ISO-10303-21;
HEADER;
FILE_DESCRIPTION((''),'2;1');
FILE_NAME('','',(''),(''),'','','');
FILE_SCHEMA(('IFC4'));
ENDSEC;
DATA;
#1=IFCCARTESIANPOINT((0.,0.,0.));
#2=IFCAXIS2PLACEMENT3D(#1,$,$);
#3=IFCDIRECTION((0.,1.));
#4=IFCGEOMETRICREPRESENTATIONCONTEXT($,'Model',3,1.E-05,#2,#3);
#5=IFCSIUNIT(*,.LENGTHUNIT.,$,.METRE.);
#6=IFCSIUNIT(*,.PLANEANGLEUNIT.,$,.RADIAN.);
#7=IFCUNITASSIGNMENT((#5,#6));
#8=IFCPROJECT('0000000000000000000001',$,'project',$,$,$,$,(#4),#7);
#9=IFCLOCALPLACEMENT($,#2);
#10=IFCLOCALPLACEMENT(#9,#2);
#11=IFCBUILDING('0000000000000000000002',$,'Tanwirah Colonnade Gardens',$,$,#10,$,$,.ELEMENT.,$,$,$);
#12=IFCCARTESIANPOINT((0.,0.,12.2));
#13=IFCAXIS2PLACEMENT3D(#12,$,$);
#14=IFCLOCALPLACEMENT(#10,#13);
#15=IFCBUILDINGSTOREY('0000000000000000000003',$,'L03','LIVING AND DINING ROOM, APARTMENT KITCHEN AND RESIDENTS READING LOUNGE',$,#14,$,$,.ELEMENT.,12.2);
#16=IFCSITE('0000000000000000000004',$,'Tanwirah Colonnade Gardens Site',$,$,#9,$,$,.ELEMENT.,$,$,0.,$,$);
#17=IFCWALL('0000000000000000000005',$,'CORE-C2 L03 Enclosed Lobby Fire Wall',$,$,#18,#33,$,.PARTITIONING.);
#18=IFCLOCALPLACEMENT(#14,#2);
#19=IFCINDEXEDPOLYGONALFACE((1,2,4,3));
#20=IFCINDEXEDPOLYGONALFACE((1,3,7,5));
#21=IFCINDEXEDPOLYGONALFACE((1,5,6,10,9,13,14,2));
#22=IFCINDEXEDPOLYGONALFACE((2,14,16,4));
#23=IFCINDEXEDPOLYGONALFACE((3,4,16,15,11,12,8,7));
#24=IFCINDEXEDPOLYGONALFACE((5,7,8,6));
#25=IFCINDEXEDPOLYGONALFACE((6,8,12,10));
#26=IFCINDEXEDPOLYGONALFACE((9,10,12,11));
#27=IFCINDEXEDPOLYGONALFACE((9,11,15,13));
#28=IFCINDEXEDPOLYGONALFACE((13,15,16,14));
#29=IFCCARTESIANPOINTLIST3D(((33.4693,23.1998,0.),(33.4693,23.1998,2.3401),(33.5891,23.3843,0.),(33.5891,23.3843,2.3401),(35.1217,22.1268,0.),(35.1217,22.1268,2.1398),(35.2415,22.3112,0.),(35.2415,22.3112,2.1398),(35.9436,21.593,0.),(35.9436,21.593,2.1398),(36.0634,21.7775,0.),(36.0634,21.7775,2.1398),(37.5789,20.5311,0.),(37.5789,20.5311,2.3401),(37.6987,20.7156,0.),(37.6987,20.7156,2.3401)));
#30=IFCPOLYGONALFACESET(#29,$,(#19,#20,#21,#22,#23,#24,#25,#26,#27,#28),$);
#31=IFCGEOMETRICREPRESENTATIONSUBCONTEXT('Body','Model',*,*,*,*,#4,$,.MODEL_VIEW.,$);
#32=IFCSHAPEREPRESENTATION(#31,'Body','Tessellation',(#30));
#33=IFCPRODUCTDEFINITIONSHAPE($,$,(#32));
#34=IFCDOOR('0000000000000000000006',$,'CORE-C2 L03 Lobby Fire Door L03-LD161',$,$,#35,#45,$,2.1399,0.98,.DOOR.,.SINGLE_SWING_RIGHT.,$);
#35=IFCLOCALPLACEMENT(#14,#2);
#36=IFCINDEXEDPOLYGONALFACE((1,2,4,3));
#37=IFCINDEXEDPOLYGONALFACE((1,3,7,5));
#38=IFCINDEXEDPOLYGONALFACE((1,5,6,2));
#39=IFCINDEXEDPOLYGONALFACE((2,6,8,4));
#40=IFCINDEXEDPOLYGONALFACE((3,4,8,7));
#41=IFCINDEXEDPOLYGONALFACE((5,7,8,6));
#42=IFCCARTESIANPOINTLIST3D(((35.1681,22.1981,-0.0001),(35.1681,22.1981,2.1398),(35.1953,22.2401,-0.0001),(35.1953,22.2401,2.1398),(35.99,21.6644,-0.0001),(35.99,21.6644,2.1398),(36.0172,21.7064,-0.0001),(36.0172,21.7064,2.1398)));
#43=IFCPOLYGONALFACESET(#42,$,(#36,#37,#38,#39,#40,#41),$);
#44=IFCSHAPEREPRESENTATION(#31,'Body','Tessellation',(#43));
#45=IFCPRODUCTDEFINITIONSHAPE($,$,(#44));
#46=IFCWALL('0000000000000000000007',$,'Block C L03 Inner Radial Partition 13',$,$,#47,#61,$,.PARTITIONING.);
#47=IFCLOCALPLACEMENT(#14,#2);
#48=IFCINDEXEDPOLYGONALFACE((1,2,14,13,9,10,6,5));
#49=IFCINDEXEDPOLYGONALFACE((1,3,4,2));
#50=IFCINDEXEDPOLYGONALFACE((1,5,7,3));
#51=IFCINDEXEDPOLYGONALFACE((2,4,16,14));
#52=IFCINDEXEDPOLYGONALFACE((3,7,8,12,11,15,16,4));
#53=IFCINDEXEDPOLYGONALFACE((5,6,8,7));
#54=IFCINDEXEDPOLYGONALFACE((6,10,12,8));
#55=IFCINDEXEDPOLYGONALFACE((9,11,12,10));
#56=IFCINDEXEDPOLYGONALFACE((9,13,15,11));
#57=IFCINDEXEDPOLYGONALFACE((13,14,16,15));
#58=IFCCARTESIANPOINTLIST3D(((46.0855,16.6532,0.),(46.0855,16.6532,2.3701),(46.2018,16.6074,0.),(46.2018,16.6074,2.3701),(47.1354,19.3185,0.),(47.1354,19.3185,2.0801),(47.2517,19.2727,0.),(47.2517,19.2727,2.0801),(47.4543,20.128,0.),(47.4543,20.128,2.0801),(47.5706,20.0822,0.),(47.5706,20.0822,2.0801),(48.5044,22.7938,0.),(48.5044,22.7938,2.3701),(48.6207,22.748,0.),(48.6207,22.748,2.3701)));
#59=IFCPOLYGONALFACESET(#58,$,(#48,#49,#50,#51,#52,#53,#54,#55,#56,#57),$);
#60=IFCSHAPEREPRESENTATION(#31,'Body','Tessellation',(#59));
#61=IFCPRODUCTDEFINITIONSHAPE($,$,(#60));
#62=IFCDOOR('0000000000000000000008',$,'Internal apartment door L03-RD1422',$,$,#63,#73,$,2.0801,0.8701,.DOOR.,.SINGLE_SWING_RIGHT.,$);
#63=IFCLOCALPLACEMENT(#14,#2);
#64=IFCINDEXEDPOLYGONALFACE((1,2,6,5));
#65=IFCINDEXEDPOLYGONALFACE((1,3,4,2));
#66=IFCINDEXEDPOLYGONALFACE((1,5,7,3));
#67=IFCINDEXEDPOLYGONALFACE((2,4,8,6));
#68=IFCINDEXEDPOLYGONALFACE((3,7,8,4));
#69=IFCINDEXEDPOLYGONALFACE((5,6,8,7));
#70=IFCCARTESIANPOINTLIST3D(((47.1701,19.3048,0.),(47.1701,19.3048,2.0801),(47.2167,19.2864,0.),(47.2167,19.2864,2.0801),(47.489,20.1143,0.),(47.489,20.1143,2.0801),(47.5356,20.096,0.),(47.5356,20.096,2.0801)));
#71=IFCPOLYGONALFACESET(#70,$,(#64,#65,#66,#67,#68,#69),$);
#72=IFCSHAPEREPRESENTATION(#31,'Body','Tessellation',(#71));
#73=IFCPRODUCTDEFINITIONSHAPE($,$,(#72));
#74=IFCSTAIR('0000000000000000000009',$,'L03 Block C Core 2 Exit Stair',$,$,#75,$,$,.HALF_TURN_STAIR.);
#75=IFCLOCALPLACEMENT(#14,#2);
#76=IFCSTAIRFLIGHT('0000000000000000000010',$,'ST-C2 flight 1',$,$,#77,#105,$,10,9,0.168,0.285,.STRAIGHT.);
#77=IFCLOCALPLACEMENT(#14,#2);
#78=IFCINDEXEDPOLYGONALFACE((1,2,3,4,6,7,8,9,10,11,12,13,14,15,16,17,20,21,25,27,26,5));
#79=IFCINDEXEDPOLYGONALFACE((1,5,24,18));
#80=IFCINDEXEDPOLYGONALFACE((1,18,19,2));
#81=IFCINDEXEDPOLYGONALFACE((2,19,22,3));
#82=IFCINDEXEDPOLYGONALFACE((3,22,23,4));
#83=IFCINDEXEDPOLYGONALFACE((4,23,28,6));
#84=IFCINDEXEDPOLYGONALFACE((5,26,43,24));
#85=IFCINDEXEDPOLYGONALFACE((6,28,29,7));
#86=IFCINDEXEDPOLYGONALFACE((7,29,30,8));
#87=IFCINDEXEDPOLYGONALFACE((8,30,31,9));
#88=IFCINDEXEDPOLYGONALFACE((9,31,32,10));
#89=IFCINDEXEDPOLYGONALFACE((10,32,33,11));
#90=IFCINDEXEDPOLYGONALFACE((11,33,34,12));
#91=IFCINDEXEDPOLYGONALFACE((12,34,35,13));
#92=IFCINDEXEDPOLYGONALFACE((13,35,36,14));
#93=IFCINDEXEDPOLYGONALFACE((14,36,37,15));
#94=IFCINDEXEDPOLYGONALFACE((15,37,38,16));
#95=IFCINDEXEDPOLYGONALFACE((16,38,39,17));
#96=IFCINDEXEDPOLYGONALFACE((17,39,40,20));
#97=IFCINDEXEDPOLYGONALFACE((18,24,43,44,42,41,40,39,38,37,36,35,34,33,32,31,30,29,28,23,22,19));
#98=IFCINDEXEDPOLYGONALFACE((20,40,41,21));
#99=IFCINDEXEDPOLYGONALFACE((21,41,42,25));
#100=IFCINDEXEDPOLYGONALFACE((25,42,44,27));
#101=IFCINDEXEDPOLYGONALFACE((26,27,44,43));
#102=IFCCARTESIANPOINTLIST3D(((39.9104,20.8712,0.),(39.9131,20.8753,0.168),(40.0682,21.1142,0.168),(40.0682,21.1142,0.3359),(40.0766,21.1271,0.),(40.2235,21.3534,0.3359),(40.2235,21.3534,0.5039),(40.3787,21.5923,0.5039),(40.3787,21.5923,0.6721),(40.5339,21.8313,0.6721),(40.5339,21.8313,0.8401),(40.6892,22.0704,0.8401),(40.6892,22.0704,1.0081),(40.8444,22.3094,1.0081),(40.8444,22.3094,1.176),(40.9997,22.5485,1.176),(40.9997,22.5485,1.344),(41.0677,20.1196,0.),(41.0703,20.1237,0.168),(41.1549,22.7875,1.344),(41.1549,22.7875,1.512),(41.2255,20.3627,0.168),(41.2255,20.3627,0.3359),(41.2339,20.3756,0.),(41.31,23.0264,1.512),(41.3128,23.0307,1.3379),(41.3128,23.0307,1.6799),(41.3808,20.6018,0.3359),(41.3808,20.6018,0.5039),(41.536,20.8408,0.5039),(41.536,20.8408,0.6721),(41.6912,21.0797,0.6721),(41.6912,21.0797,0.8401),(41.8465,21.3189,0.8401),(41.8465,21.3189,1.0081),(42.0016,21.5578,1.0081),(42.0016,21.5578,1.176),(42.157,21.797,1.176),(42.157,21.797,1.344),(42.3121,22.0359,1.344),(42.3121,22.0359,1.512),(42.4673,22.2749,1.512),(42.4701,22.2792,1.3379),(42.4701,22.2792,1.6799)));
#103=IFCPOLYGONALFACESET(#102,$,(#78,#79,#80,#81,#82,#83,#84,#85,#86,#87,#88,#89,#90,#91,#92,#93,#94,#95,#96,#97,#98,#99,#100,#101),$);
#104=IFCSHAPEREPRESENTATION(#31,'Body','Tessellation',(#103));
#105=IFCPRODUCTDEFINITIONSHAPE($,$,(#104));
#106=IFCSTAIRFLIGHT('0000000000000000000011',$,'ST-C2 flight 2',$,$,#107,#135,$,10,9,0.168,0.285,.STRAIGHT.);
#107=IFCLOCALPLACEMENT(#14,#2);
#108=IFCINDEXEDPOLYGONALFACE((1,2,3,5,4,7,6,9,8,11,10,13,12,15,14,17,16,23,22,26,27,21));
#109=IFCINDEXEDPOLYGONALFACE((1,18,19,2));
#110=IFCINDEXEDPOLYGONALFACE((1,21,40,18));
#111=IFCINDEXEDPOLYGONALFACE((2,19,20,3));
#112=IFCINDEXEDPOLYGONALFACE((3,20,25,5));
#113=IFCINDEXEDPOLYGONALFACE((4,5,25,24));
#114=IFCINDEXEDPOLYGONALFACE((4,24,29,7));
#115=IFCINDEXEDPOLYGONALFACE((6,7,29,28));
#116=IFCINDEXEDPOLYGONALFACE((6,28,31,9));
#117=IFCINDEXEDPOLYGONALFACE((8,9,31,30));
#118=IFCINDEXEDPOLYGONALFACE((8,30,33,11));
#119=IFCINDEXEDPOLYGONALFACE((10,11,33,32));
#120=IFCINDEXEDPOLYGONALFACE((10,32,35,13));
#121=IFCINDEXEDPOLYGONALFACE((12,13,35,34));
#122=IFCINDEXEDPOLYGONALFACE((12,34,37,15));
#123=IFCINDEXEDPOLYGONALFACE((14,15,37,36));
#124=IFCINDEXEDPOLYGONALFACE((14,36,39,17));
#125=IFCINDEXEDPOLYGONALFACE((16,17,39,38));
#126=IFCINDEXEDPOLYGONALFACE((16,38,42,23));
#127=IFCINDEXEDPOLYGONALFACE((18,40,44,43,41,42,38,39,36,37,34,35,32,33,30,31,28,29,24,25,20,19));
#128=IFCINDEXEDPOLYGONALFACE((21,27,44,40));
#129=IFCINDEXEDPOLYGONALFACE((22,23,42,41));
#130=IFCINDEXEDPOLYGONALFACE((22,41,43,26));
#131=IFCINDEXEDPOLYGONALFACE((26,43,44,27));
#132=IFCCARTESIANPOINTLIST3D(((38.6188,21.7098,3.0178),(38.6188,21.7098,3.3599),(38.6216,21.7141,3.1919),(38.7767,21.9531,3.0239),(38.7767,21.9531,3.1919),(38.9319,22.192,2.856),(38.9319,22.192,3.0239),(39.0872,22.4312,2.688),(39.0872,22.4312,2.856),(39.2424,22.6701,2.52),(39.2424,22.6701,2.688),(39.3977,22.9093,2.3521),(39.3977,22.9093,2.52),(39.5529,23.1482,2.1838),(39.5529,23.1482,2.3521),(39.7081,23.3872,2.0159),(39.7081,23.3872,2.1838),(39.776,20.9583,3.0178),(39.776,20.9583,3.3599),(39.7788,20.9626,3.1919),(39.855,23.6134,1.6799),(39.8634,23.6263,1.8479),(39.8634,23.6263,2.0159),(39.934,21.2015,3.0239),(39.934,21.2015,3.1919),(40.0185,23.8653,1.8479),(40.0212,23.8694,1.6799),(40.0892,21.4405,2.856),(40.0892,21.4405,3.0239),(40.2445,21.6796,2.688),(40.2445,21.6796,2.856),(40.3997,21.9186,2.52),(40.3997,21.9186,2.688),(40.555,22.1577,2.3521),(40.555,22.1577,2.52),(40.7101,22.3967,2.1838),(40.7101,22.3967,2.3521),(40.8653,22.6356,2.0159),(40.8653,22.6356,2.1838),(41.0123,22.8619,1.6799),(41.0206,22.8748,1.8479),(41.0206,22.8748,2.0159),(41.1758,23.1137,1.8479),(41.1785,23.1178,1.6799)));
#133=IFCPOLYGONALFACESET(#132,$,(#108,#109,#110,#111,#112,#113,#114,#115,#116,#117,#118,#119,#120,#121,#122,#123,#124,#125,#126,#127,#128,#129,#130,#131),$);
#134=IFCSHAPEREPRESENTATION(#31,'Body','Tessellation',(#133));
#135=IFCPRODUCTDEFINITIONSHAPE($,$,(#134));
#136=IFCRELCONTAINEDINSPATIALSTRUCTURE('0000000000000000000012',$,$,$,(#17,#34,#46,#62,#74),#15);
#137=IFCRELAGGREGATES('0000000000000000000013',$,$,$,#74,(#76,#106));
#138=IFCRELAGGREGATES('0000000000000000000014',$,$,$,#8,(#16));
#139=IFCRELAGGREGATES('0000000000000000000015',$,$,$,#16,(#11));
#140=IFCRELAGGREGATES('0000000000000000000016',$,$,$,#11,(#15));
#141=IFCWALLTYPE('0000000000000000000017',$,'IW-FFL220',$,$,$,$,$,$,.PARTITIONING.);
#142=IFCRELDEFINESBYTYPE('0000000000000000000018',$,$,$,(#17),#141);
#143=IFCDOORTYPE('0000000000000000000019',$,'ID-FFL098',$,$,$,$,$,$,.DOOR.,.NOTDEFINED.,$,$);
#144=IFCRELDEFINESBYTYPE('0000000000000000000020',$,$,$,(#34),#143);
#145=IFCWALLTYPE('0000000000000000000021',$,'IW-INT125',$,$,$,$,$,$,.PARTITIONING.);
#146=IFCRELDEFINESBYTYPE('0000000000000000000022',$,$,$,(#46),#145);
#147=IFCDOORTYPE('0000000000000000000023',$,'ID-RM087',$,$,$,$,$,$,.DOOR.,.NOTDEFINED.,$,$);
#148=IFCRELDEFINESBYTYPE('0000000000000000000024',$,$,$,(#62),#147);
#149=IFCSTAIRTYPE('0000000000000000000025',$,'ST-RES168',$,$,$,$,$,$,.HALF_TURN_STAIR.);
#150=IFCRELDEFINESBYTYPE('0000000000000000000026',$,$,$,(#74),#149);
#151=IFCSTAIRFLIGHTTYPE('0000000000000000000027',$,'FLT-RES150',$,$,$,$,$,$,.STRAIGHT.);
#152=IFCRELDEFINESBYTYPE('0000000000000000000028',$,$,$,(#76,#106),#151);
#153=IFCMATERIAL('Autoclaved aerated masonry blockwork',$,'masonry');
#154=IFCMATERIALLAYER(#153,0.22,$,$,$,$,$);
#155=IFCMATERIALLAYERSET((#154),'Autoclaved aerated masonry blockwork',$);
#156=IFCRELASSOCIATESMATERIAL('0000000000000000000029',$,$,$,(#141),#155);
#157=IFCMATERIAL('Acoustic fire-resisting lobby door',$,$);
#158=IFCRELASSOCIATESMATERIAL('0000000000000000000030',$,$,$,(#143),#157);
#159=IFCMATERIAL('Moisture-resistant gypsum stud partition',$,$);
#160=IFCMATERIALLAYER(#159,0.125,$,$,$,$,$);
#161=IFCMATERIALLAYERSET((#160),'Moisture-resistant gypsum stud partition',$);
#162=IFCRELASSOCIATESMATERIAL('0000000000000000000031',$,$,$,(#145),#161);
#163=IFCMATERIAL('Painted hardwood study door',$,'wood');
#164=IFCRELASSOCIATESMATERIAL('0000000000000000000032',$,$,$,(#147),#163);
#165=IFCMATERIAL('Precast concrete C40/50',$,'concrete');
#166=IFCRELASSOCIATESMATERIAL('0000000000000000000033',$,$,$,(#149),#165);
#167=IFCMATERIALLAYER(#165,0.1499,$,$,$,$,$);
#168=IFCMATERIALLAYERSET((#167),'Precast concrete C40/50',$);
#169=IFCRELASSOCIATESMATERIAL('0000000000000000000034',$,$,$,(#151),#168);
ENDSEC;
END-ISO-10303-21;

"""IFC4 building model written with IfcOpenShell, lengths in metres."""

from ifc_helpers import new_model, si_unit, direction, frame, frame_2d, origin, place, context, subcontext, project, spatial, polyline, rectangle, outline, extrude, material, layer, layer_set, type_object, element, fill, aggregate, save


model = new_model("IFC4")

# Units and contexts
model_context = context("Model", 3, precision=1e-05, world=origin(), true_north=direction((0.0, 1.0)))
body_context = subcontext(model_context, "Body", "Model", "MODEL_VIEW")
ifc_project = project(units=[si_unit("LENGTHUNIT", "METRE"), si_unit("PLANEANGLEUNIT", "RADIAN")], contexts=[model_context])

# Site, building, storey
site_placement = place(None, origin())
site = spatial("IfcSite", under=ifc_project, at=site_placement, Name="Tanwirah Colonnade Gardens Site", CompositionType="ELEMENT", RefElevation=0.0)
building_placement = place(site_placement, origin())
building = spatial("IfcBuilding", under=site, at=building_placement, Name="Tanwirah Colonnade Gardens", CompositionType="ELEMENT")
storey_placement = place(building_placement, frame((0.0, 0.0, 12.2)))
storey = spatial("IfcBuildingStorey", under=building, at=storey_placement, Name="L03", Description="LIVING AND DINING ROOM, APARTMENT KITCHEN AND RESIDENTS READING LOUNGE", CompositionType="ELEMENT", Elevation=12.2)

# Shared definitions
ifc_material_1 = material(Name="Precast concrete C40/50", Category="concrete")

# Walls, openings, doors
ifc_material_2 = material(Name="Autoclaved aerated masonry blockwork", Category="masonry")
ifc_layer_1 = layer(ifc_material_2, 0.22)
ifc_layer_set_1 = layer_set([ifc_layer_1], Name="Autoclaved aerated masonry blockwork")
wall_type_1 = type_object("IfcWallType", Name="IW-FFL220", PredefinedType="PARTITIONING", material=ifc_layer_set_1)
wall_1_placement = place(storey_placement, frame((37.6389, 20.6233, 0.0), z_axis=(0.0, 0.0, 1.0), x_axis=(-0.838681, 0.544622, 0.0)))
wall_1 = element("IfcWall", 1, at=wall_1_placement, inside=storey, type_object=wall_type_1, Name="CORE-C2 L03 Enclosed Lobby Fire Wall", PredefinedType="PARTITIONING", context=body_context, shape_type="SweptSolid", body=[
    extrude(rectangle(XDim=4.9001, YDim=0.22, at=frame_2d((2.4502, 0.0))), origin(), (0.0, 0.0, 1.0), 2.3401),
])
opening_1_placement = place(wall_1_placement, frame((1.95, 0.0, 0.0)))
opening_1 = element("IfcOpeningElement", 2, at=opening_1_placement, cuts=wall_1, PredefinedType="OPENING", context=body_context, shape_type="SweptSolid", body=[
    extrude(rectangle(XDim=0.98, YDim=2.1399, at=frame_2d((0.49, 1.0698))), frame((0.0, 0.1199, 0.0), z_axis=(0.0, -1.0, 0.0), x_axis=(1.0, 0.0, 0.0)), (0.0, 0.0, 1.0), 0.24),
])
ifc_material_3 = material(Name="Acoustic fire-resisting lobby door")
door_type_1 = type_object("IfcDoorType", Name="ID-FFL098", OperationType="NOTDEFINED", PredefinedType="DOOR", material=ifc_material_3)
door_1_placement = place(opening_1_placement, origin())
door_1 = element("IfcDoor", 3, at=door_1_placement, inside=storey, type_object=door_type_1, Name="CORE-C2 L03 Lobby Fire Door L03-LD161", OperationType="SINGLE_SWING_RIGHT", OverallHeight=2.1399, OverallWidth=0.98, PredefinedType="DOOR", context=body_context, shape_type="SweptSolid", body=[
    extrude(rectangle(XDim=0.98, YDim=2.1399, at=frame_2d((0.49, 1.0698))), frame((0.0, 0.0249, 0.0), z_axis=(0.0, -1.0, 0.0), x_axis=(1.0, 0.0, 0.0)), (0.0, 0.0, 1.0), 0.05),
])
fill(opening_1, door_1)
ifc_material_4 = material(Name="Moisture-resistant gypsum stud partition")
ifc_layer_2 = layer(ifc_material_4, 0.125)
ifc_layer_set_2 = layer_set([ifc_layer_2], Name="Moisture-resistant gypsum stud partition")
wall_type_2 = type_object("IfcWallType", Name="IW-INT125", PredefinedType="PARTITIONING", material=ifc_layer_set_2)
wall_2_placement = place(storey_placement, frame((48.5625, 22.7708, 0.0), z_axis=(0.0, 0.0, 1.0), x_axis=(-0.366513, -0.930413, 0.0)))
wall_2 = element("IfcWall", 4, at=wall_2_placement, inside=storey, type_object=wall_type_2, Name="Block C L03 Inner Radial Partition 13", PredefinedType="PARTITIONING", context=body_context, shape_type="SweptSolid", body=[
    extrude(rectangle(XDim=6.5999, YDim=0.125, at=frame_2d((3.2998, 0.0))), origin(), (0.0, 0.0, 1.0), 2.3701),
])
opening_2_placement = place(wall_2_placement, frame((2.865, 0.0, 0.0)))
opening_2 = element("IfcOpeningElement", 5, at=opening_2_placement, cuts=wall_2, PredefinedType="OPENING", context=body_context, shape_type="SweptSolid", body=[
    extrude(rectangle(XDim=0.8701, YDim=2.0801, at=frame_2d((0.4351, 1.04))), frame((0.0, 0.0725, 0.0), z_axis=(0.0, -1.0, 0.0), x_axis=(1.0, 0.0, 0.0)), (0.0, 0.0, 1.0), 0.145),
])
ifc_material_5 = material(Name="Painted hardwood study door", Category="wood")
door_type_2 = type_object("IfcDoorType", Name="ID-RM087", OperationType="NOTDEFINED", PredefinedType="DOOR", material=ifc_material_5)
door_2_placement = place(opening_2_placement, origin())
door_2 = element("IfcDoor", 6, at=door_2_placement, inside=storey, type_object=door_type_2, Name="Internal apartment door L03-RD1422", OperationType="SINGLE_SWING_RIGHT", OverallHeight=2.0801, OverallWidth=0.8701, PredefinedType="DOOR", context=body_context, shape_type="SweptSolid", body=[
    extrude(rectangle(XDim=0.8701, YDim=2.0801, at=frame_2d((0.4351, 1.04))), frame((0.0, 0.0249, 0.0), z_axis=(0.0, -1.0, 0.0), x_axis=(1.0, 0.0, 0.0)), (0.0, 0.0, 1.0), 0.05),
])
fill(opening_2, door_2)

# Stair, stair flights
stair_type = type_object("IfcStairType", Name="ST-RES168", PredefinedType="HALF_TURN_STAIR", material=ifc_material_1)
stair_placement = place(storey_placement, origin())
stair = element("IfcStair", 7, at=stair_placement, inside=storey, type_object=stair_type, Name="L03 Block C Core 2 Exit Stair", PredefinedType="HALF_TURN_STAIR")
ifc_layer_3 = layer(ifc_material_1, 0.1499)
ifc_layer_set_3 = layer_set([ifc_layer_3], Name="Precast concrete C40/50")
stair_flight_type = type_object("IfcStairFlightType", Name="FLT-RES150", PredefinedType="STRAIGHT", material=ifc_layer_set_3)
stair_flight_1_placement = place(storey_placement, frame((40.4917, 20.4995, 0.0), z_axis=(0.0, 0.0, 1.0), x_axis=(0.544639, 0.838671, 0.0)))
stair_flight_1 = element("IfcStairFlight", 8, at=stair_flight_1_placement, type_object=stair_flight_type, Name="ST-C2 flight 1", NumberOfRisers=10, NumberOfTreads=9, PredefinedType="STRAIGHT", RiserHeight=0.168, TreadLength=0.285, context=body_context, shape_type="SweptSolid", body=[
    extrude(outline(polyline([(-0.0049, 0.0), (0.0, 0.168), (0.2849, 0.168), (0.2849, 0.3359), (0.5701, 0.3359), (0.5701, 0.5039), (0.855, 0.5039), (0.855, 0.6721), (1.1399, 0.6721), (1.1399, 0.8401), (1.425, 0.8401), (1.425, 1.0081), (1.71, 1.0081), (1.71, 1.176), (1.9951, 1.176), (1.9951, 1.344), (2.28, 1.344), (2.28, 1.512), (2.5649, 1.512), (2.5701, 1.6799), (2.5701, 1.3379), (0.3003, 0.0), (-0.0049, 0.0)])), frame((0.0, 0.6899, 0.0), z_axis=(0.0, -1.0, 0.0), x_axis=(1.0, 0.0, 0.0)), (0.0, 0.0, 1.0), 1.3799),
])
stair_flight_2_placement = place(storey_placement, frame((40.5972, 23.4895, 1.6799), z_axis=(0.0, 0.0, 1.0), x_axis=(-0.544639, -0.838671, 0.0)))
stair_flight_2 = element("IfcStairFlight", 9, at=stair_flight_2_placement, type_object=stair_flight_type, Name="ST-C2 flight 2", NumberOfRisers=10, NumberOfTreads=9, PredefinedType="STRAIGHT", RiserHeight=0.168, TreadLength=0.285, context=body_context, shape_type="SweptSolid", body=[
    extrude(outline(polyline([(-0.0049, 0.0), (0.0, 0.168), (0.2849, 0.168), (0.2849, 0.3359), (0.5701, 0.3359), (0.5701, 0.5039), (0.855, 0.5039), (0.855, 0.6721), (1.1399, 0.6721), (1.1399, 0.8401), (1.425, 0.8401), (1.425, 1.0081), (1.71, 1.0081), (1.71, 1.176), (1.9951, 1.176), (1.9951, 1.344), (2.28, 1.344), (2.28, 1.512), (2.5649, 1.512), (2.5701, 1.6799), (2.5701, 1.3379), (0.3003, 0.0), (-0.0049, 0.0)])), frame((0.0, 0.6899, 0.0), z_axis=(0.0, -1.0, 0.0), x_axis=(1.0, 0.0, 0.0)), (0.0, 0.0, 1.0), 1.3799),
])
aggregate(stair, [stair_flight_1, stair_flight_2])

save(model, "model.ifc")
